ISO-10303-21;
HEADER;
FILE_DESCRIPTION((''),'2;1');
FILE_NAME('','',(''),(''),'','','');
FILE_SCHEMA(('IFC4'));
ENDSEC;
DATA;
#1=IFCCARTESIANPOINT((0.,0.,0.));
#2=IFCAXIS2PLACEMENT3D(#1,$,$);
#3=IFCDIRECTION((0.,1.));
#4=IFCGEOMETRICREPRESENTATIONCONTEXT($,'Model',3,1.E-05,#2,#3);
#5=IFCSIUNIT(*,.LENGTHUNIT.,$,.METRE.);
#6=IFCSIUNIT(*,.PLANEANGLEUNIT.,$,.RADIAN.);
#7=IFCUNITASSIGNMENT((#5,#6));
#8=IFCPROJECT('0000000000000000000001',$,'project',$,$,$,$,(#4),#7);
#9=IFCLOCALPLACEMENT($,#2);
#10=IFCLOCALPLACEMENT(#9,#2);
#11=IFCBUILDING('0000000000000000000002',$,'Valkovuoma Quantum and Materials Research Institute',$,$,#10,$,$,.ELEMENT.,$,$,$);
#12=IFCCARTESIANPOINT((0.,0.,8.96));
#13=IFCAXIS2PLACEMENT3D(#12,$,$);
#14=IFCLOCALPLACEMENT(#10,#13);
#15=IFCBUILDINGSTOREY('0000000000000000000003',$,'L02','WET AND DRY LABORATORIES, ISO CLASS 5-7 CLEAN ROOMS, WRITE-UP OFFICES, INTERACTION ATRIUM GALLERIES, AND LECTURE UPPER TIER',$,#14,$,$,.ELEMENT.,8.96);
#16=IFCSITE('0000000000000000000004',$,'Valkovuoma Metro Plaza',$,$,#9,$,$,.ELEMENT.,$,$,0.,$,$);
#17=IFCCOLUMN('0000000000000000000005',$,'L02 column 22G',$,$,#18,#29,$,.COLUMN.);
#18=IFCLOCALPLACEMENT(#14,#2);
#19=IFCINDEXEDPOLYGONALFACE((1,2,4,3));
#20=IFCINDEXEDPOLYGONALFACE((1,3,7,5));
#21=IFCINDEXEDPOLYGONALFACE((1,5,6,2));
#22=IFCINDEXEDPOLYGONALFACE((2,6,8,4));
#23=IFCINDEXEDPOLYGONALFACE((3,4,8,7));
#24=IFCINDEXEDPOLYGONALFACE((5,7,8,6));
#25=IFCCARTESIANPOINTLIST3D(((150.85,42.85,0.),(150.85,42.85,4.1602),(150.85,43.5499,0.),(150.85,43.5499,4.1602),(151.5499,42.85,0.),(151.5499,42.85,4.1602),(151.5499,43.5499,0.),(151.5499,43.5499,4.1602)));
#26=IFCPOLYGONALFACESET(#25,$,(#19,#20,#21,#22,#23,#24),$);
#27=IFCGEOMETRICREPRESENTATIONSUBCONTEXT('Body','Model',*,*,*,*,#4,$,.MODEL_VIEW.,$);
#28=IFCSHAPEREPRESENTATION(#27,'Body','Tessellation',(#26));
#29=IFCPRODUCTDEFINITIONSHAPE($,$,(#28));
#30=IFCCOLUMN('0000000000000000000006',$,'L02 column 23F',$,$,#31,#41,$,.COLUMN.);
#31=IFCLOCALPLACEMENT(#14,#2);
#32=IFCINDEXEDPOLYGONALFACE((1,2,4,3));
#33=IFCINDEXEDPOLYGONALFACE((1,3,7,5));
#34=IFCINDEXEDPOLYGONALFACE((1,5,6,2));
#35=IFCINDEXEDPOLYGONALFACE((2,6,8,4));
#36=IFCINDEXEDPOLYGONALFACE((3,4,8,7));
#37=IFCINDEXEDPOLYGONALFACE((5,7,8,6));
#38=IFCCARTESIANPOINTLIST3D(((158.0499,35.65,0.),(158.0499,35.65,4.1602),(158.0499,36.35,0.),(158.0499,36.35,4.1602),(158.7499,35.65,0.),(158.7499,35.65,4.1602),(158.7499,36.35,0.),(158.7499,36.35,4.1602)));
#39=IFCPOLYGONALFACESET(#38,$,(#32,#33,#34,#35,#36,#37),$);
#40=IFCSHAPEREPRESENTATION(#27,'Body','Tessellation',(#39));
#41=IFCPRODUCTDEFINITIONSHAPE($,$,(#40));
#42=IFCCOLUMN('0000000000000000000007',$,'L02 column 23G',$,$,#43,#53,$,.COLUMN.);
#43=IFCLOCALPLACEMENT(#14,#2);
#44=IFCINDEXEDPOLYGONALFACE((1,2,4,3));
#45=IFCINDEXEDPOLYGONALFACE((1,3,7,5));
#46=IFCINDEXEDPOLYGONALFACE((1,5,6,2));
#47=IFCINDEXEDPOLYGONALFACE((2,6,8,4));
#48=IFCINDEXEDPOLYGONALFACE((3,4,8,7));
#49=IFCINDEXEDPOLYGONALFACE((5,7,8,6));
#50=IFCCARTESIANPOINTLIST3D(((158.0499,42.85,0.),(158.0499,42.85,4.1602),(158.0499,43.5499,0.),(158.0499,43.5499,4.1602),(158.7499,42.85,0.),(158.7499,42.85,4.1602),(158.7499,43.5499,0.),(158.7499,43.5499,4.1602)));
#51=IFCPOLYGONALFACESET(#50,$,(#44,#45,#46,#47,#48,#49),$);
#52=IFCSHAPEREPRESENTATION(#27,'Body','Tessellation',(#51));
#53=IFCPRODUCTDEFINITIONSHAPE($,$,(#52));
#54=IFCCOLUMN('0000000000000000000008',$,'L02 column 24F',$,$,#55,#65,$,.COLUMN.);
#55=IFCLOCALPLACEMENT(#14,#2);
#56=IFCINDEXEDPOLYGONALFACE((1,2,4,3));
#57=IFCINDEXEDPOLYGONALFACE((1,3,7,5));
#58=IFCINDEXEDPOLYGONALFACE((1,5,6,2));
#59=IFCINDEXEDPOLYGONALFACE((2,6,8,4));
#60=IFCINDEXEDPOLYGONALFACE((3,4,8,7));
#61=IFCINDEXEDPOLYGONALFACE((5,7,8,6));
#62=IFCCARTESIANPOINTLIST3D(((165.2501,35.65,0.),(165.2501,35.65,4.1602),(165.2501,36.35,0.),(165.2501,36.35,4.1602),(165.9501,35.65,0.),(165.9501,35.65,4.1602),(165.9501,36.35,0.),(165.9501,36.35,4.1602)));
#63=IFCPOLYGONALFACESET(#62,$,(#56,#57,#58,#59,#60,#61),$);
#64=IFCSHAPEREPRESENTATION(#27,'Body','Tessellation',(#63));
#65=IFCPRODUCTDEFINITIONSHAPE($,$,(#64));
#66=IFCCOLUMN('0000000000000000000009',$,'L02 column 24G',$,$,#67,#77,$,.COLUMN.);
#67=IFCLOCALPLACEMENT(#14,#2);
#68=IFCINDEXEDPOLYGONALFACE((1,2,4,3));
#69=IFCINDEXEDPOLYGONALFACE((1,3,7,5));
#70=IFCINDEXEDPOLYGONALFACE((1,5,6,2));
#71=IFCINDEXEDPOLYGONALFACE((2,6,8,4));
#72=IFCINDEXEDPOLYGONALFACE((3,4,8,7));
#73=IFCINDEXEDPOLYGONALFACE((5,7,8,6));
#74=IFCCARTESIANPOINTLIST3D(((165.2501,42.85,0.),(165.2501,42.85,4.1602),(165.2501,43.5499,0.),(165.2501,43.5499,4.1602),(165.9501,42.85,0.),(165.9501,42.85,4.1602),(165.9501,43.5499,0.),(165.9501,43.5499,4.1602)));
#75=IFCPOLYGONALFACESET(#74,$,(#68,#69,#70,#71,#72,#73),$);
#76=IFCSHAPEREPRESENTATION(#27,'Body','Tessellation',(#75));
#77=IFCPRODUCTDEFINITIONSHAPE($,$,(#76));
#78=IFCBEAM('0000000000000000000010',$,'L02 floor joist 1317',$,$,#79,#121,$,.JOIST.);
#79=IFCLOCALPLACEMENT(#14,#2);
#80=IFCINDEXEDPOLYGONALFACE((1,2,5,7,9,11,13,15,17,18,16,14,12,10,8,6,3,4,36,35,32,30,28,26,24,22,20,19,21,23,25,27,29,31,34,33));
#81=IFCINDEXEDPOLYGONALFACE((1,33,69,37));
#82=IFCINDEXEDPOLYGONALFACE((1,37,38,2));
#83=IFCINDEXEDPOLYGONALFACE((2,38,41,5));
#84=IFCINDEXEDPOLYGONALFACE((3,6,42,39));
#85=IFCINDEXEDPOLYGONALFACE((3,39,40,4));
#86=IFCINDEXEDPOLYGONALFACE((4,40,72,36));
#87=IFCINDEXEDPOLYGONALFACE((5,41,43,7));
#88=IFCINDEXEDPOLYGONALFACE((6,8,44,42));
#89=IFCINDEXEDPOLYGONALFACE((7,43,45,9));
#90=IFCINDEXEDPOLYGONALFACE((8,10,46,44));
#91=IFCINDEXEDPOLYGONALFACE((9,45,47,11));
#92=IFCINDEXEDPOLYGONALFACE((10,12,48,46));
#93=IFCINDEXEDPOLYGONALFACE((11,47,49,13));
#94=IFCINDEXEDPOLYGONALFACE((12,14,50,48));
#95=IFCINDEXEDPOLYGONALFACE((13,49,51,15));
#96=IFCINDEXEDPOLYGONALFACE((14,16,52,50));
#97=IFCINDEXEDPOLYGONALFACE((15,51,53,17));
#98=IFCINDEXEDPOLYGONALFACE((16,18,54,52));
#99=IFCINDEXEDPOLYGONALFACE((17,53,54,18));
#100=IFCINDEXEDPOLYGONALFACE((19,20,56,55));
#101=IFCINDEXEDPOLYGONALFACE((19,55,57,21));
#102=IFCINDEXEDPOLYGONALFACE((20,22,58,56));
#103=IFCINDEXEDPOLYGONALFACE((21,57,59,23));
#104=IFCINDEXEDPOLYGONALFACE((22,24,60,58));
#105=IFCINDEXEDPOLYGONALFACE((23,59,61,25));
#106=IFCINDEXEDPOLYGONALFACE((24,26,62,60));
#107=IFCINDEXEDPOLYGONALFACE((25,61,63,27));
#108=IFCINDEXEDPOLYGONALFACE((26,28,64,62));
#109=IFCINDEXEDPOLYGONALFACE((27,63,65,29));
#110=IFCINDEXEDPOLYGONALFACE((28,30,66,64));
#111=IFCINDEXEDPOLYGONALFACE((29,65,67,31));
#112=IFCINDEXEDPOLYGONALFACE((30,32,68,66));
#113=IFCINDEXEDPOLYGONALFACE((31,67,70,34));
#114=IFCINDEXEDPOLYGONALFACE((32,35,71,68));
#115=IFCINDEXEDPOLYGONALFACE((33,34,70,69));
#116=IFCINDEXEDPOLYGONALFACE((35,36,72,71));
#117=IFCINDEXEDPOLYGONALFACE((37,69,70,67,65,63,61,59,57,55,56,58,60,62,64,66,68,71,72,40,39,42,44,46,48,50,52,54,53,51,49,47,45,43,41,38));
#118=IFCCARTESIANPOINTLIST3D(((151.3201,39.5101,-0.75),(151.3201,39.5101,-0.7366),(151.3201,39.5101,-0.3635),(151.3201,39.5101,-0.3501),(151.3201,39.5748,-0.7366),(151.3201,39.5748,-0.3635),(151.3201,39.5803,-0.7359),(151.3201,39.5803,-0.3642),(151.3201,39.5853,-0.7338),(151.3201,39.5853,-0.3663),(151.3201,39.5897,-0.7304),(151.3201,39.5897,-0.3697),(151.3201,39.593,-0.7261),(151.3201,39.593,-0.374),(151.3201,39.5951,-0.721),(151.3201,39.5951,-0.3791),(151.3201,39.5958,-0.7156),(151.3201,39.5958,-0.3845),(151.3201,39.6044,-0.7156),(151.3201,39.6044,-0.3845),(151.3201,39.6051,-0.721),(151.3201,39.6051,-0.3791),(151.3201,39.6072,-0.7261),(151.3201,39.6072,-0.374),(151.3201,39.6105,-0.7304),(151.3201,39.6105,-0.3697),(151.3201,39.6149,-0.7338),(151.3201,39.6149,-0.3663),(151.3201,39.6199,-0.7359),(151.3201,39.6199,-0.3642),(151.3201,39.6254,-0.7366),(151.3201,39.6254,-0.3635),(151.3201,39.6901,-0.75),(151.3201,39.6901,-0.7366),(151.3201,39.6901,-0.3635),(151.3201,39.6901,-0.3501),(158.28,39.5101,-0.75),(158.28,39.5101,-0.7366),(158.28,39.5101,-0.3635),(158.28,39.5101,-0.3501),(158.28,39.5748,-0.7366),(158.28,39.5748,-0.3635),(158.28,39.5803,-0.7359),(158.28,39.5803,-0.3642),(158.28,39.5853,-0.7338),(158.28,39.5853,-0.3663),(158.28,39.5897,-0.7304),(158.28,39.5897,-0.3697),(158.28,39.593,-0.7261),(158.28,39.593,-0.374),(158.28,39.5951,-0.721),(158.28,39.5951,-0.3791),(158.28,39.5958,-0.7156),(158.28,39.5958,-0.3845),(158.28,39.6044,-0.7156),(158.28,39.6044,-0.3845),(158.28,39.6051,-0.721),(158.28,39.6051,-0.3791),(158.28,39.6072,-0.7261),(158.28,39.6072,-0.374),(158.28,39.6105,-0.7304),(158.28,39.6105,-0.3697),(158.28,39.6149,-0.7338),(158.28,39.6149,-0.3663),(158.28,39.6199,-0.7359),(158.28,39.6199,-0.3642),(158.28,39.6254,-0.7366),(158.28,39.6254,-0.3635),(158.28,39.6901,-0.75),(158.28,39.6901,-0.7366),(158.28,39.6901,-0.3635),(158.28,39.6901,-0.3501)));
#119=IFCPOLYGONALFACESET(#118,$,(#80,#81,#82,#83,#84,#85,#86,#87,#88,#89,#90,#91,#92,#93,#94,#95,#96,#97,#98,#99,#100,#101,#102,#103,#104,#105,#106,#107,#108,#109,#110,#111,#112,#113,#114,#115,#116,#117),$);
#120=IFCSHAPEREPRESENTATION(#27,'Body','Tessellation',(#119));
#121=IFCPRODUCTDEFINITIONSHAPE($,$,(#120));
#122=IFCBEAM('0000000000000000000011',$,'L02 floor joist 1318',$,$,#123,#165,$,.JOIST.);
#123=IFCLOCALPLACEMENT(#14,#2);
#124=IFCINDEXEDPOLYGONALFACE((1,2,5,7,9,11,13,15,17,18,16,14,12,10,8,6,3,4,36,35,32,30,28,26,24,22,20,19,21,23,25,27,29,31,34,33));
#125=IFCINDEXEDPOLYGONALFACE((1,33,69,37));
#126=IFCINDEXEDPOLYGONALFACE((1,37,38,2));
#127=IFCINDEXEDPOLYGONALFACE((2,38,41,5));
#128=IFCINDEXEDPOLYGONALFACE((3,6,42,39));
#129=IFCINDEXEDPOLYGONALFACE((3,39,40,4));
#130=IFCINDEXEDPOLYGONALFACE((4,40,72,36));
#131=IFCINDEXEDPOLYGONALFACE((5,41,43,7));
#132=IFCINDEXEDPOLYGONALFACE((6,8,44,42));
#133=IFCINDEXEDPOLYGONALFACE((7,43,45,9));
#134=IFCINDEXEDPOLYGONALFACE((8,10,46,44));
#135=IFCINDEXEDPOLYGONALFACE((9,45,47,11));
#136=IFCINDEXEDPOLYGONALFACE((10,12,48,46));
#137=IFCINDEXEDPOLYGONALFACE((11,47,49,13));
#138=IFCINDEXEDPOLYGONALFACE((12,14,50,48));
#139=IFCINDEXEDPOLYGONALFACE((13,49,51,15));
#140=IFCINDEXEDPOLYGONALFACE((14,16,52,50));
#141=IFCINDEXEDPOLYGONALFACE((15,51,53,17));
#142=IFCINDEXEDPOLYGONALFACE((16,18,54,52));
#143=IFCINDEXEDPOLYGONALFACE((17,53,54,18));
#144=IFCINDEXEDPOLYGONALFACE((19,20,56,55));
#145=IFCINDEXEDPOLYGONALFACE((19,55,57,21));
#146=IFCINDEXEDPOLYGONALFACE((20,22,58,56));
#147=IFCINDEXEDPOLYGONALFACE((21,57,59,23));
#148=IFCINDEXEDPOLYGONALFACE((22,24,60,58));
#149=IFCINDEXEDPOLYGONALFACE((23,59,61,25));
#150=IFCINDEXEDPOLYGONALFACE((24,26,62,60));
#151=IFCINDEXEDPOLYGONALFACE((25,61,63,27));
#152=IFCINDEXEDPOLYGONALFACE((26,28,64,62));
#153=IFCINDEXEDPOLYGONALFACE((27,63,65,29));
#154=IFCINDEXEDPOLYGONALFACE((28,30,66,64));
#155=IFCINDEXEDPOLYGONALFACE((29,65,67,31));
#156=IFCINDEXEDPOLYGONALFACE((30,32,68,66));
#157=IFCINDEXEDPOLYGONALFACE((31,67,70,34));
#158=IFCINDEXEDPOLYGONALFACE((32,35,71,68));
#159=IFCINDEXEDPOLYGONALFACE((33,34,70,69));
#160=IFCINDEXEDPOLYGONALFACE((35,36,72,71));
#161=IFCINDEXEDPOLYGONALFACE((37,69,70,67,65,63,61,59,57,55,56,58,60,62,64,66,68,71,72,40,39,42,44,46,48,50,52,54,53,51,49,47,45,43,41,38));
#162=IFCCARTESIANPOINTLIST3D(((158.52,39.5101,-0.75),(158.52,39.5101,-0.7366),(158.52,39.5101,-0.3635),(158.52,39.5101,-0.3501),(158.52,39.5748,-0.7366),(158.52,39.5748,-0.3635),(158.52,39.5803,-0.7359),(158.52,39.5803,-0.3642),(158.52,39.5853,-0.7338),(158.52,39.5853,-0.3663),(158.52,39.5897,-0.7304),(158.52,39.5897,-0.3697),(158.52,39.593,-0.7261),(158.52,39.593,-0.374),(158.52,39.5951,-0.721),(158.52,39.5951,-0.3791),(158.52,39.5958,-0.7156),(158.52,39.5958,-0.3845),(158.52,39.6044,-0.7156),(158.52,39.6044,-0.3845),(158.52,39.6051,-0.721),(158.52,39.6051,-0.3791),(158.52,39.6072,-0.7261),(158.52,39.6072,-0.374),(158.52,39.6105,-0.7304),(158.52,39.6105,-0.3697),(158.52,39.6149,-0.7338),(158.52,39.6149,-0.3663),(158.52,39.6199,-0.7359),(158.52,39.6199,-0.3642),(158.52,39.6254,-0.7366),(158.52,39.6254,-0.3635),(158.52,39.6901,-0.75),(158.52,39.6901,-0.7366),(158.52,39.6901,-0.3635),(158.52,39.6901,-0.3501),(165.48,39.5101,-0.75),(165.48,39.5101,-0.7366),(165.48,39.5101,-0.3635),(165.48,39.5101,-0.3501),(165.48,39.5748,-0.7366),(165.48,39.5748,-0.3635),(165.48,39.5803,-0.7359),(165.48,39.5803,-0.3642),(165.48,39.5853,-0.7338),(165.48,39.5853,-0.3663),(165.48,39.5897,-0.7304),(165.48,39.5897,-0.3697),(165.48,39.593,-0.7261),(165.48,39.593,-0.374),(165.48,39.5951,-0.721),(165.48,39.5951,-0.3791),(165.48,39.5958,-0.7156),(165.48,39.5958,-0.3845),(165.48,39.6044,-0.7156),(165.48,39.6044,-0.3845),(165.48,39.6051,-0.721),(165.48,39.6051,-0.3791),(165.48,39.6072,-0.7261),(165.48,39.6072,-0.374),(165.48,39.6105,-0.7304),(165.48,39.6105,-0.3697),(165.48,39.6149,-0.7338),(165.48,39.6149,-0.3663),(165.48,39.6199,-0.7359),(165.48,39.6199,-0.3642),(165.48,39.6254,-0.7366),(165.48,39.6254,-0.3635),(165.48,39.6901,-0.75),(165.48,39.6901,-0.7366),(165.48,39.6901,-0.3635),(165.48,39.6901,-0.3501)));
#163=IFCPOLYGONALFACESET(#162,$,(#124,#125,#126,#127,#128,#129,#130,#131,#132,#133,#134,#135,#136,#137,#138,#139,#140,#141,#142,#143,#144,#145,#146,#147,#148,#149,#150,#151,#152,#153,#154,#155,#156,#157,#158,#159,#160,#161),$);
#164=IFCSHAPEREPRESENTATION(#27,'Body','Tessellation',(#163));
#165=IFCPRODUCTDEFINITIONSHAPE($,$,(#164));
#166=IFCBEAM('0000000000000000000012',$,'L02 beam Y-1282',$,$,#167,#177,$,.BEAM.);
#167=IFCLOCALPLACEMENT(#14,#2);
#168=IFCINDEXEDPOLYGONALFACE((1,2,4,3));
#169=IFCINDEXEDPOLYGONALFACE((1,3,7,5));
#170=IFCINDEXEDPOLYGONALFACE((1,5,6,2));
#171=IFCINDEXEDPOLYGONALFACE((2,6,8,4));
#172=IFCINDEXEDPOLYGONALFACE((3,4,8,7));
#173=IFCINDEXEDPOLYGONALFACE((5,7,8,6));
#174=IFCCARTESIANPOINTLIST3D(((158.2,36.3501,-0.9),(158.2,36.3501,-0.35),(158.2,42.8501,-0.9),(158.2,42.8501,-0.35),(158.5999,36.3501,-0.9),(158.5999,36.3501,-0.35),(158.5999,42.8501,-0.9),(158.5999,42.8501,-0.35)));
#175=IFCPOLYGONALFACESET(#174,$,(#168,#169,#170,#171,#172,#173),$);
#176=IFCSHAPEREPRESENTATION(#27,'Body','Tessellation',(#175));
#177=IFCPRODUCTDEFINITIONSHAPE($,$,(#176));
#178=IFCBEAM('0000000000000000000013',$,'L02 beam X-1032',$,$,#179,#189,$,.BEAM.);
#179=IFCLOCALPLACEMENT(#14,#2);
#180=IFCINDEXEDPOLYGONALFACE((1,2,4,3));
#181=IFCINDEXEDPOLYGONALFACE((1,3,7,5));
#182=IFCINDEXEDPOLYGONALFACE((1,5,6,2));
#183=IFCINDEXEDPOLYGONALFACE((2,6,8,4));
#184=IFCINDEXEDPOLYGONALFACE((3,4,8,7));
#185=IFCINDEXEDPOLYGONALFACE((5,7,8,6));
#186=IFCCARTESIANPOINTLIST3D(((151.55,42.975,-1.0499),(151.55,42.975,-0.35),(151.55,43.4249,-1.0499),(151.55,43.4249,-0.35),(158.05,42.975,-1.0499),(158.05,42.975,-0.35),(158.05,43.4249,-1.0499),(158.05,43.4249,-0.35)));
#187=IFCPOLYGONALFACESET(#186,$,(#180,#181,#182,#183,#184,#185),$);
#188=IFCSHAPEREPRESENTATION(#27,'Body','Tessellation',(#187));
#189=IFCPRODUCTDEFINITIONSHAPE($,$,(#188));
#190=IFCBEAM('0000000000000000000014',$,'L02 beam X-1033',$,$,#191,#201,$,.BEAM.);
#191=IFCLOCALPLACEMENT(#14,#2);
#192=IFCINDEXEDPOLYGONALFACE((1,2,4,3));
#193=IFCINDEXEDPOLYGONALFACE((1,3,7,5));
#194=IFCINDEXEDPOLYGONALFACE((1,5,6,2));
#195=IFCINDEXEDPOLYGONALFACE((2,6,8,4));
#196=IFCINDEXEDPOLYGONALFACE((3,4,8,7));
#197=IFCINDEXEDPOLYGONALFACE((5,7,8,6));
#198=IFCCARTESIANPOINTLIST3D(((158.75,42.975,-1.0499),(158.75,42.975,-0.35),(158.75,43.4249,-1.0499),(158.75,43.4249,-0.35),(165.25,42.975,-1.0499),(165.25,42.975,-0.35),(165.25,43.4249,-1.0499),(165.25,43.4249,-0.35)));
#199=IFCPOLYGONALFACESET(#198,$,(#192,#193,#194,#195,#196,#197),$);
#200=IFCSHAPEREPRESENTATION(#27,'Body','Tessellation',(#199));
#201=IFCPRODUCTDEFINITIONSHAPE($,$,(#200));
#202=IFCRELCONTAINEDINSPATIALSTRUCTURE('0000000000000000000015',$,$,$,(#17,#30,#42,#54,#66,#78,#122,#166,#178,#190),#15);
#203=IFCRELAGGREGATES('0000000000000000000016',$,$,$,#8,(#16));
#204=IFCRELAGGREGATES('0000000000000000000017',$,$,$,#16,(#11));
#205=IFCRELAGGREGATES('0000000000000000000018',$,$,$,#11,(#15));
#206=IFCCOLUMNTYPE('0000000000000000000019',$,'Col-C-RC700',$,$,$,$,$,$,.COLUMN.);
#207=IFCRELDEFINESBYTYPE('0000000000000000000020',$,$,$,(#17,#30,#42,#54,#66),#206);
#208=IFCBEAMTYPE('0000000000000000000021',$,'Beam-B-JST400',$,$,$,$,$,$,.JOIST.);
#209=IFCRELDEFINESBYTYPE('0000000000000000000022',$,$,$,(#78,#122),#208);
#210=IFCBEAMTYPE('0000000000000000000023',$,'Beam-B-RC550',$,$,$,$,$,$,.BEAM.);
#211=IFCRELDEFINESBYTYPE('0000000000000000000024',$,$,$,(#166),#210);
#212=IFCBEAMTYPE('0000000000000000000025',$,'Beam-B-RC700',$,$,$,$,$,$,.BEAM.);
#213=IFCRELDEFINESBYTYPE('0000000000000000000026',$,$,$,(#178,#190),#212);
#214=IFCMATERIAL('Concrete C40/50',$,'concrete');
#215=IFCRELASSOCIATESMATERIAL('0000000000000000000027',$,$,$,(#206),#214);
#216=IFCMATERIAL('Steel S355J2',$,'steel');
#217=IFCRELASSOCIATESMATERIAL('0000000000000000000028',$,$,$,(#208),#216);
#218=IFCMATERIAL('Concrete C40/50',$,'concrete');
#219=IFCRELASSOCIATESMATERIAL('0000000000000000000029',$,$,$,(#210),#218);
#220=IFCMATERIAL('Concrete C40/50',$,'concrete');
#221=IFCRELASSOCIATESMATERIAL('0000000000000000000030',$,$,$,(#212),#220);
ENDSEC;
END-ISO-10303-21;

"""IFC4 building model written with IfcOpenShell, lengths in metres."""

from ifc_helpers import new_model, si_unit, direction, frame, origin, origin_2d, place, context, subcontext, project, spatial, rectangle, i_section, extrude, material, material_profile, profile_set, type_object, element, save


model = new_model("IFC4")

# Units and contexts
model_context = context("Model", 3, precision=1e-05, world=origin(), true_north=direction((0.0, 1.0)))
body_context = subcontext(model_context, "Body", "Model", "MODEL_VIEW")
ifc_project = project(units=[si_unit("LENGTHUNIT", "METRE"), si_unit("PLANEANGLEUNIT", "RADIAN")], contexts=[model_context])

# Site, building, storey
site_placement = place(None, origin())
site = spatial("IfcSite", under=ifc_project, at=site_placement, Name="Valkovuoma Metro Plaza", CompositionType="ELEMENT", RefElevation=0.0)
building_placement = place(site_placement, origin())
building = spatial("IfcBuilding", under=site, at=building_placement, Name="Valkovuoma Quantum and Materials Research Institute", CompositionType="ELEMENT")
storey_placement = place(building_placement, frame((0.0, 0.0, 8.96)))
storey = spatial("IfcBuildingStorey", under=building, at=storey_placement, Name="L02", Description="WET AND DRY LABORATORIES, ISO CLASS 5-7 CLEAN ROOMS, WRITE-UP OFFICES, INTERACTION ATRIUM GALLERIES, AND LECTURE UPPER TIER", CompositionType="ELEMENT", Elevation=8.96)

# Columns
ifc_material_1 = material(Name="Concrete C40/50", Category="concrete")
ifc_material_profile_1 = material_profile(ifc_material_1, rectangle(XDim=0.7, YDim=0.7, at=origin_2d()), Name="Concrete C40/50")
ifc_profile_set_1 = profile_set([ifc_material_profile_1], Name="Concrete C40/50")
column_type = type_object("IfcColumnType", Name="Col-C-RC700", PredefinedType="COLUMN", material=ifc_profile_set_1)
for number, where, z_axis, x_axis, name in (
    (1, (151.2, 43.2, 0.0), (0.0, 0.0, 1.0), (1.0, 0.0, 0.0), "L02 column 22G"),
    (2, (158.3999, 36.0, 0.0), (0.0, 0.0, 1.0), (1.0, 0.0, 0.0), "L02 column 23F"),
    (3, (158.3999, 43.2, 0.0), (0.0, 0.0, 1.0), (1.0, 0.0, 0.0), "L02 column 23G"),
    (4, (165.6001, 36.0, 0.0), (0.0, 0.0, 1.0), (1.0, 0.0, 0.0), "L02 column 24F"),
    (5, (165.6001, 43.2, 0.0), (0.0, 0.0, 1.0), (1.0, 0.0, 0.0), "L02 column 24G"),
):
    element("IfcColumn", number, at=place(storey_placement, frame(where, z_axis=z_axis, x_axis=x_axis)), inside=storey, type_object=column_type, Name=name, PredefinedType="COLUMN", context=body_context, shape_type="SweptSolid", body=[
        extrude(rectangle(XDim=0.7, YDim=0.7, at=origin_2d()), origin(), (0.0, 0.0, 1.0), 4.1602),
    ])

# Beams
ifc_material_2 = material(Name="Steel S355J2", Category="steel")
ifc_material_profile_2 = material_profile(ifc_material_2, i_section(OverallWidth=0.1799, OverallDepth=0.3999, WebThickness=0.0085, FlangeThickness=0.0134, FilletRadius=0.021, at=origin_2d()), Name="Steel S355J2")
ifc_profile_set_2 = profile_set([ifc_material_profile_2], Name="Steel S355J2")
beam_type_1 = type_object("IfcBeamType", Name="Beam-B-JST400", PredefinedType="JOIST", material=ifc_profile_set_2)
for number, where, z_axis, x_axis, name in (
    (6, (151.3201, 39.6001, -0.55), (1.0, 0.0, 0.0), (0.0, 1.0, 0.0), "L02 floor joist 1317"),
    (7, (158.52, 39.6001, -0.55), (1.0, 0.0, 0.0), (0.0, 1.0, 0.0), "L02 floor joist 1318"),
):
    element("IfcBeam", number, at=place(storey_placement, frame(where, z_axis=z_axis, x_axis=x_axis)), inside=storey, type_object=beam_type_1, Name=name, PredefinedType="JOIST", context=body_context, shape_type="SweptSolid", body=[
        extrude(i_section(OverallWidth=0.1799, OverallDepth=0.3999, WebThickness=0.0085, FlangeThickness=0.0134, FilletRadius=0.021, at=origin_2d()), origin(), (0.0, 0.0, 1.0), 6.96),
    ])
ifc_material_3 = material(Name="Concrete C40/50", Category="concrete")
ifc_material_profile_3 = material_profile(ifc_material_3, rectangle(XDim=0.3999, YDim=0.55, at=origin_2d()), Name="Concrete C40/50")
ifc_profile_set_3 = profile_set([ifc_material_profile_3], Name="Concrete C40/50")
beam_type_2 = type_object("IfcBeamType", Name="Beam-B-RC550", PredefinedType="BEAM", material=ifc_profile_set_3)
beam_placement = place(storey_placement, frame((158.3999, 36.3501, -0.625), z_axis=(0.0, 1.0, 0.0), x_axis=(-1.0, 0.0, 0.0)))
element("IfcBeam", 8, at=beam_placement, inside=storey, type_object=beam_type_2, Name="L02 beam Y-1282", PredefinedType="BEAM", context=body_context, shape_type="SweptSolid", body=[
    extrude(rectangle(XDim=0.3999, YDim=0.55, at=origin_2d()), origin(), (0.0, 0.0, 1.0), 6.5),
])
ifc_material_4 = material(Name="Concrete C40/50", Category="concrete")
ifc_material_profile_4 = material_profile(ifc_material_4, rectangle(XDim=0.45, YDim=0.7, at=origin_2d()), Name="Concrete C40/50")
ifc_profile_set_4 = profile_set([ifc_material_profile_4], Name="Concrete C40/50")
beam_type_3 = type_object("IfcBeamType", Name="Beam-B-RC700", PredefinedType="BEAM", material=ifc_profile_set_4)
for number, where, z_axis, x_axis, name in (
    (9, (151.55, 43.2, -0.7), (1.0, 0.0, 0.0), (0.0, 1.0, 0.0), "L02 beam X-1032"),
    (10, (158.75, 43.2, -0.7), (1.0, 0.0, 0.0), (0.0, 1.0, 0.0), "L02 beam X-1033"),
):
    element("IfcBeam", number, at=place(storey_placement, frame(where, z_axis=z_axis, x_axis=x_axis)), inside=storey, type_object=beam_type_3, Name=name, PredefinedType="BEAM", context=body_context, shape_type="SweptSolid", body=[
        extrude(rectangle(XDim=0.45, YDim=0.7, at=origin_2d()), origin(), (0.0, 0.0, 1.0), 6.5),
    ])

save(model, "model.ifc")
